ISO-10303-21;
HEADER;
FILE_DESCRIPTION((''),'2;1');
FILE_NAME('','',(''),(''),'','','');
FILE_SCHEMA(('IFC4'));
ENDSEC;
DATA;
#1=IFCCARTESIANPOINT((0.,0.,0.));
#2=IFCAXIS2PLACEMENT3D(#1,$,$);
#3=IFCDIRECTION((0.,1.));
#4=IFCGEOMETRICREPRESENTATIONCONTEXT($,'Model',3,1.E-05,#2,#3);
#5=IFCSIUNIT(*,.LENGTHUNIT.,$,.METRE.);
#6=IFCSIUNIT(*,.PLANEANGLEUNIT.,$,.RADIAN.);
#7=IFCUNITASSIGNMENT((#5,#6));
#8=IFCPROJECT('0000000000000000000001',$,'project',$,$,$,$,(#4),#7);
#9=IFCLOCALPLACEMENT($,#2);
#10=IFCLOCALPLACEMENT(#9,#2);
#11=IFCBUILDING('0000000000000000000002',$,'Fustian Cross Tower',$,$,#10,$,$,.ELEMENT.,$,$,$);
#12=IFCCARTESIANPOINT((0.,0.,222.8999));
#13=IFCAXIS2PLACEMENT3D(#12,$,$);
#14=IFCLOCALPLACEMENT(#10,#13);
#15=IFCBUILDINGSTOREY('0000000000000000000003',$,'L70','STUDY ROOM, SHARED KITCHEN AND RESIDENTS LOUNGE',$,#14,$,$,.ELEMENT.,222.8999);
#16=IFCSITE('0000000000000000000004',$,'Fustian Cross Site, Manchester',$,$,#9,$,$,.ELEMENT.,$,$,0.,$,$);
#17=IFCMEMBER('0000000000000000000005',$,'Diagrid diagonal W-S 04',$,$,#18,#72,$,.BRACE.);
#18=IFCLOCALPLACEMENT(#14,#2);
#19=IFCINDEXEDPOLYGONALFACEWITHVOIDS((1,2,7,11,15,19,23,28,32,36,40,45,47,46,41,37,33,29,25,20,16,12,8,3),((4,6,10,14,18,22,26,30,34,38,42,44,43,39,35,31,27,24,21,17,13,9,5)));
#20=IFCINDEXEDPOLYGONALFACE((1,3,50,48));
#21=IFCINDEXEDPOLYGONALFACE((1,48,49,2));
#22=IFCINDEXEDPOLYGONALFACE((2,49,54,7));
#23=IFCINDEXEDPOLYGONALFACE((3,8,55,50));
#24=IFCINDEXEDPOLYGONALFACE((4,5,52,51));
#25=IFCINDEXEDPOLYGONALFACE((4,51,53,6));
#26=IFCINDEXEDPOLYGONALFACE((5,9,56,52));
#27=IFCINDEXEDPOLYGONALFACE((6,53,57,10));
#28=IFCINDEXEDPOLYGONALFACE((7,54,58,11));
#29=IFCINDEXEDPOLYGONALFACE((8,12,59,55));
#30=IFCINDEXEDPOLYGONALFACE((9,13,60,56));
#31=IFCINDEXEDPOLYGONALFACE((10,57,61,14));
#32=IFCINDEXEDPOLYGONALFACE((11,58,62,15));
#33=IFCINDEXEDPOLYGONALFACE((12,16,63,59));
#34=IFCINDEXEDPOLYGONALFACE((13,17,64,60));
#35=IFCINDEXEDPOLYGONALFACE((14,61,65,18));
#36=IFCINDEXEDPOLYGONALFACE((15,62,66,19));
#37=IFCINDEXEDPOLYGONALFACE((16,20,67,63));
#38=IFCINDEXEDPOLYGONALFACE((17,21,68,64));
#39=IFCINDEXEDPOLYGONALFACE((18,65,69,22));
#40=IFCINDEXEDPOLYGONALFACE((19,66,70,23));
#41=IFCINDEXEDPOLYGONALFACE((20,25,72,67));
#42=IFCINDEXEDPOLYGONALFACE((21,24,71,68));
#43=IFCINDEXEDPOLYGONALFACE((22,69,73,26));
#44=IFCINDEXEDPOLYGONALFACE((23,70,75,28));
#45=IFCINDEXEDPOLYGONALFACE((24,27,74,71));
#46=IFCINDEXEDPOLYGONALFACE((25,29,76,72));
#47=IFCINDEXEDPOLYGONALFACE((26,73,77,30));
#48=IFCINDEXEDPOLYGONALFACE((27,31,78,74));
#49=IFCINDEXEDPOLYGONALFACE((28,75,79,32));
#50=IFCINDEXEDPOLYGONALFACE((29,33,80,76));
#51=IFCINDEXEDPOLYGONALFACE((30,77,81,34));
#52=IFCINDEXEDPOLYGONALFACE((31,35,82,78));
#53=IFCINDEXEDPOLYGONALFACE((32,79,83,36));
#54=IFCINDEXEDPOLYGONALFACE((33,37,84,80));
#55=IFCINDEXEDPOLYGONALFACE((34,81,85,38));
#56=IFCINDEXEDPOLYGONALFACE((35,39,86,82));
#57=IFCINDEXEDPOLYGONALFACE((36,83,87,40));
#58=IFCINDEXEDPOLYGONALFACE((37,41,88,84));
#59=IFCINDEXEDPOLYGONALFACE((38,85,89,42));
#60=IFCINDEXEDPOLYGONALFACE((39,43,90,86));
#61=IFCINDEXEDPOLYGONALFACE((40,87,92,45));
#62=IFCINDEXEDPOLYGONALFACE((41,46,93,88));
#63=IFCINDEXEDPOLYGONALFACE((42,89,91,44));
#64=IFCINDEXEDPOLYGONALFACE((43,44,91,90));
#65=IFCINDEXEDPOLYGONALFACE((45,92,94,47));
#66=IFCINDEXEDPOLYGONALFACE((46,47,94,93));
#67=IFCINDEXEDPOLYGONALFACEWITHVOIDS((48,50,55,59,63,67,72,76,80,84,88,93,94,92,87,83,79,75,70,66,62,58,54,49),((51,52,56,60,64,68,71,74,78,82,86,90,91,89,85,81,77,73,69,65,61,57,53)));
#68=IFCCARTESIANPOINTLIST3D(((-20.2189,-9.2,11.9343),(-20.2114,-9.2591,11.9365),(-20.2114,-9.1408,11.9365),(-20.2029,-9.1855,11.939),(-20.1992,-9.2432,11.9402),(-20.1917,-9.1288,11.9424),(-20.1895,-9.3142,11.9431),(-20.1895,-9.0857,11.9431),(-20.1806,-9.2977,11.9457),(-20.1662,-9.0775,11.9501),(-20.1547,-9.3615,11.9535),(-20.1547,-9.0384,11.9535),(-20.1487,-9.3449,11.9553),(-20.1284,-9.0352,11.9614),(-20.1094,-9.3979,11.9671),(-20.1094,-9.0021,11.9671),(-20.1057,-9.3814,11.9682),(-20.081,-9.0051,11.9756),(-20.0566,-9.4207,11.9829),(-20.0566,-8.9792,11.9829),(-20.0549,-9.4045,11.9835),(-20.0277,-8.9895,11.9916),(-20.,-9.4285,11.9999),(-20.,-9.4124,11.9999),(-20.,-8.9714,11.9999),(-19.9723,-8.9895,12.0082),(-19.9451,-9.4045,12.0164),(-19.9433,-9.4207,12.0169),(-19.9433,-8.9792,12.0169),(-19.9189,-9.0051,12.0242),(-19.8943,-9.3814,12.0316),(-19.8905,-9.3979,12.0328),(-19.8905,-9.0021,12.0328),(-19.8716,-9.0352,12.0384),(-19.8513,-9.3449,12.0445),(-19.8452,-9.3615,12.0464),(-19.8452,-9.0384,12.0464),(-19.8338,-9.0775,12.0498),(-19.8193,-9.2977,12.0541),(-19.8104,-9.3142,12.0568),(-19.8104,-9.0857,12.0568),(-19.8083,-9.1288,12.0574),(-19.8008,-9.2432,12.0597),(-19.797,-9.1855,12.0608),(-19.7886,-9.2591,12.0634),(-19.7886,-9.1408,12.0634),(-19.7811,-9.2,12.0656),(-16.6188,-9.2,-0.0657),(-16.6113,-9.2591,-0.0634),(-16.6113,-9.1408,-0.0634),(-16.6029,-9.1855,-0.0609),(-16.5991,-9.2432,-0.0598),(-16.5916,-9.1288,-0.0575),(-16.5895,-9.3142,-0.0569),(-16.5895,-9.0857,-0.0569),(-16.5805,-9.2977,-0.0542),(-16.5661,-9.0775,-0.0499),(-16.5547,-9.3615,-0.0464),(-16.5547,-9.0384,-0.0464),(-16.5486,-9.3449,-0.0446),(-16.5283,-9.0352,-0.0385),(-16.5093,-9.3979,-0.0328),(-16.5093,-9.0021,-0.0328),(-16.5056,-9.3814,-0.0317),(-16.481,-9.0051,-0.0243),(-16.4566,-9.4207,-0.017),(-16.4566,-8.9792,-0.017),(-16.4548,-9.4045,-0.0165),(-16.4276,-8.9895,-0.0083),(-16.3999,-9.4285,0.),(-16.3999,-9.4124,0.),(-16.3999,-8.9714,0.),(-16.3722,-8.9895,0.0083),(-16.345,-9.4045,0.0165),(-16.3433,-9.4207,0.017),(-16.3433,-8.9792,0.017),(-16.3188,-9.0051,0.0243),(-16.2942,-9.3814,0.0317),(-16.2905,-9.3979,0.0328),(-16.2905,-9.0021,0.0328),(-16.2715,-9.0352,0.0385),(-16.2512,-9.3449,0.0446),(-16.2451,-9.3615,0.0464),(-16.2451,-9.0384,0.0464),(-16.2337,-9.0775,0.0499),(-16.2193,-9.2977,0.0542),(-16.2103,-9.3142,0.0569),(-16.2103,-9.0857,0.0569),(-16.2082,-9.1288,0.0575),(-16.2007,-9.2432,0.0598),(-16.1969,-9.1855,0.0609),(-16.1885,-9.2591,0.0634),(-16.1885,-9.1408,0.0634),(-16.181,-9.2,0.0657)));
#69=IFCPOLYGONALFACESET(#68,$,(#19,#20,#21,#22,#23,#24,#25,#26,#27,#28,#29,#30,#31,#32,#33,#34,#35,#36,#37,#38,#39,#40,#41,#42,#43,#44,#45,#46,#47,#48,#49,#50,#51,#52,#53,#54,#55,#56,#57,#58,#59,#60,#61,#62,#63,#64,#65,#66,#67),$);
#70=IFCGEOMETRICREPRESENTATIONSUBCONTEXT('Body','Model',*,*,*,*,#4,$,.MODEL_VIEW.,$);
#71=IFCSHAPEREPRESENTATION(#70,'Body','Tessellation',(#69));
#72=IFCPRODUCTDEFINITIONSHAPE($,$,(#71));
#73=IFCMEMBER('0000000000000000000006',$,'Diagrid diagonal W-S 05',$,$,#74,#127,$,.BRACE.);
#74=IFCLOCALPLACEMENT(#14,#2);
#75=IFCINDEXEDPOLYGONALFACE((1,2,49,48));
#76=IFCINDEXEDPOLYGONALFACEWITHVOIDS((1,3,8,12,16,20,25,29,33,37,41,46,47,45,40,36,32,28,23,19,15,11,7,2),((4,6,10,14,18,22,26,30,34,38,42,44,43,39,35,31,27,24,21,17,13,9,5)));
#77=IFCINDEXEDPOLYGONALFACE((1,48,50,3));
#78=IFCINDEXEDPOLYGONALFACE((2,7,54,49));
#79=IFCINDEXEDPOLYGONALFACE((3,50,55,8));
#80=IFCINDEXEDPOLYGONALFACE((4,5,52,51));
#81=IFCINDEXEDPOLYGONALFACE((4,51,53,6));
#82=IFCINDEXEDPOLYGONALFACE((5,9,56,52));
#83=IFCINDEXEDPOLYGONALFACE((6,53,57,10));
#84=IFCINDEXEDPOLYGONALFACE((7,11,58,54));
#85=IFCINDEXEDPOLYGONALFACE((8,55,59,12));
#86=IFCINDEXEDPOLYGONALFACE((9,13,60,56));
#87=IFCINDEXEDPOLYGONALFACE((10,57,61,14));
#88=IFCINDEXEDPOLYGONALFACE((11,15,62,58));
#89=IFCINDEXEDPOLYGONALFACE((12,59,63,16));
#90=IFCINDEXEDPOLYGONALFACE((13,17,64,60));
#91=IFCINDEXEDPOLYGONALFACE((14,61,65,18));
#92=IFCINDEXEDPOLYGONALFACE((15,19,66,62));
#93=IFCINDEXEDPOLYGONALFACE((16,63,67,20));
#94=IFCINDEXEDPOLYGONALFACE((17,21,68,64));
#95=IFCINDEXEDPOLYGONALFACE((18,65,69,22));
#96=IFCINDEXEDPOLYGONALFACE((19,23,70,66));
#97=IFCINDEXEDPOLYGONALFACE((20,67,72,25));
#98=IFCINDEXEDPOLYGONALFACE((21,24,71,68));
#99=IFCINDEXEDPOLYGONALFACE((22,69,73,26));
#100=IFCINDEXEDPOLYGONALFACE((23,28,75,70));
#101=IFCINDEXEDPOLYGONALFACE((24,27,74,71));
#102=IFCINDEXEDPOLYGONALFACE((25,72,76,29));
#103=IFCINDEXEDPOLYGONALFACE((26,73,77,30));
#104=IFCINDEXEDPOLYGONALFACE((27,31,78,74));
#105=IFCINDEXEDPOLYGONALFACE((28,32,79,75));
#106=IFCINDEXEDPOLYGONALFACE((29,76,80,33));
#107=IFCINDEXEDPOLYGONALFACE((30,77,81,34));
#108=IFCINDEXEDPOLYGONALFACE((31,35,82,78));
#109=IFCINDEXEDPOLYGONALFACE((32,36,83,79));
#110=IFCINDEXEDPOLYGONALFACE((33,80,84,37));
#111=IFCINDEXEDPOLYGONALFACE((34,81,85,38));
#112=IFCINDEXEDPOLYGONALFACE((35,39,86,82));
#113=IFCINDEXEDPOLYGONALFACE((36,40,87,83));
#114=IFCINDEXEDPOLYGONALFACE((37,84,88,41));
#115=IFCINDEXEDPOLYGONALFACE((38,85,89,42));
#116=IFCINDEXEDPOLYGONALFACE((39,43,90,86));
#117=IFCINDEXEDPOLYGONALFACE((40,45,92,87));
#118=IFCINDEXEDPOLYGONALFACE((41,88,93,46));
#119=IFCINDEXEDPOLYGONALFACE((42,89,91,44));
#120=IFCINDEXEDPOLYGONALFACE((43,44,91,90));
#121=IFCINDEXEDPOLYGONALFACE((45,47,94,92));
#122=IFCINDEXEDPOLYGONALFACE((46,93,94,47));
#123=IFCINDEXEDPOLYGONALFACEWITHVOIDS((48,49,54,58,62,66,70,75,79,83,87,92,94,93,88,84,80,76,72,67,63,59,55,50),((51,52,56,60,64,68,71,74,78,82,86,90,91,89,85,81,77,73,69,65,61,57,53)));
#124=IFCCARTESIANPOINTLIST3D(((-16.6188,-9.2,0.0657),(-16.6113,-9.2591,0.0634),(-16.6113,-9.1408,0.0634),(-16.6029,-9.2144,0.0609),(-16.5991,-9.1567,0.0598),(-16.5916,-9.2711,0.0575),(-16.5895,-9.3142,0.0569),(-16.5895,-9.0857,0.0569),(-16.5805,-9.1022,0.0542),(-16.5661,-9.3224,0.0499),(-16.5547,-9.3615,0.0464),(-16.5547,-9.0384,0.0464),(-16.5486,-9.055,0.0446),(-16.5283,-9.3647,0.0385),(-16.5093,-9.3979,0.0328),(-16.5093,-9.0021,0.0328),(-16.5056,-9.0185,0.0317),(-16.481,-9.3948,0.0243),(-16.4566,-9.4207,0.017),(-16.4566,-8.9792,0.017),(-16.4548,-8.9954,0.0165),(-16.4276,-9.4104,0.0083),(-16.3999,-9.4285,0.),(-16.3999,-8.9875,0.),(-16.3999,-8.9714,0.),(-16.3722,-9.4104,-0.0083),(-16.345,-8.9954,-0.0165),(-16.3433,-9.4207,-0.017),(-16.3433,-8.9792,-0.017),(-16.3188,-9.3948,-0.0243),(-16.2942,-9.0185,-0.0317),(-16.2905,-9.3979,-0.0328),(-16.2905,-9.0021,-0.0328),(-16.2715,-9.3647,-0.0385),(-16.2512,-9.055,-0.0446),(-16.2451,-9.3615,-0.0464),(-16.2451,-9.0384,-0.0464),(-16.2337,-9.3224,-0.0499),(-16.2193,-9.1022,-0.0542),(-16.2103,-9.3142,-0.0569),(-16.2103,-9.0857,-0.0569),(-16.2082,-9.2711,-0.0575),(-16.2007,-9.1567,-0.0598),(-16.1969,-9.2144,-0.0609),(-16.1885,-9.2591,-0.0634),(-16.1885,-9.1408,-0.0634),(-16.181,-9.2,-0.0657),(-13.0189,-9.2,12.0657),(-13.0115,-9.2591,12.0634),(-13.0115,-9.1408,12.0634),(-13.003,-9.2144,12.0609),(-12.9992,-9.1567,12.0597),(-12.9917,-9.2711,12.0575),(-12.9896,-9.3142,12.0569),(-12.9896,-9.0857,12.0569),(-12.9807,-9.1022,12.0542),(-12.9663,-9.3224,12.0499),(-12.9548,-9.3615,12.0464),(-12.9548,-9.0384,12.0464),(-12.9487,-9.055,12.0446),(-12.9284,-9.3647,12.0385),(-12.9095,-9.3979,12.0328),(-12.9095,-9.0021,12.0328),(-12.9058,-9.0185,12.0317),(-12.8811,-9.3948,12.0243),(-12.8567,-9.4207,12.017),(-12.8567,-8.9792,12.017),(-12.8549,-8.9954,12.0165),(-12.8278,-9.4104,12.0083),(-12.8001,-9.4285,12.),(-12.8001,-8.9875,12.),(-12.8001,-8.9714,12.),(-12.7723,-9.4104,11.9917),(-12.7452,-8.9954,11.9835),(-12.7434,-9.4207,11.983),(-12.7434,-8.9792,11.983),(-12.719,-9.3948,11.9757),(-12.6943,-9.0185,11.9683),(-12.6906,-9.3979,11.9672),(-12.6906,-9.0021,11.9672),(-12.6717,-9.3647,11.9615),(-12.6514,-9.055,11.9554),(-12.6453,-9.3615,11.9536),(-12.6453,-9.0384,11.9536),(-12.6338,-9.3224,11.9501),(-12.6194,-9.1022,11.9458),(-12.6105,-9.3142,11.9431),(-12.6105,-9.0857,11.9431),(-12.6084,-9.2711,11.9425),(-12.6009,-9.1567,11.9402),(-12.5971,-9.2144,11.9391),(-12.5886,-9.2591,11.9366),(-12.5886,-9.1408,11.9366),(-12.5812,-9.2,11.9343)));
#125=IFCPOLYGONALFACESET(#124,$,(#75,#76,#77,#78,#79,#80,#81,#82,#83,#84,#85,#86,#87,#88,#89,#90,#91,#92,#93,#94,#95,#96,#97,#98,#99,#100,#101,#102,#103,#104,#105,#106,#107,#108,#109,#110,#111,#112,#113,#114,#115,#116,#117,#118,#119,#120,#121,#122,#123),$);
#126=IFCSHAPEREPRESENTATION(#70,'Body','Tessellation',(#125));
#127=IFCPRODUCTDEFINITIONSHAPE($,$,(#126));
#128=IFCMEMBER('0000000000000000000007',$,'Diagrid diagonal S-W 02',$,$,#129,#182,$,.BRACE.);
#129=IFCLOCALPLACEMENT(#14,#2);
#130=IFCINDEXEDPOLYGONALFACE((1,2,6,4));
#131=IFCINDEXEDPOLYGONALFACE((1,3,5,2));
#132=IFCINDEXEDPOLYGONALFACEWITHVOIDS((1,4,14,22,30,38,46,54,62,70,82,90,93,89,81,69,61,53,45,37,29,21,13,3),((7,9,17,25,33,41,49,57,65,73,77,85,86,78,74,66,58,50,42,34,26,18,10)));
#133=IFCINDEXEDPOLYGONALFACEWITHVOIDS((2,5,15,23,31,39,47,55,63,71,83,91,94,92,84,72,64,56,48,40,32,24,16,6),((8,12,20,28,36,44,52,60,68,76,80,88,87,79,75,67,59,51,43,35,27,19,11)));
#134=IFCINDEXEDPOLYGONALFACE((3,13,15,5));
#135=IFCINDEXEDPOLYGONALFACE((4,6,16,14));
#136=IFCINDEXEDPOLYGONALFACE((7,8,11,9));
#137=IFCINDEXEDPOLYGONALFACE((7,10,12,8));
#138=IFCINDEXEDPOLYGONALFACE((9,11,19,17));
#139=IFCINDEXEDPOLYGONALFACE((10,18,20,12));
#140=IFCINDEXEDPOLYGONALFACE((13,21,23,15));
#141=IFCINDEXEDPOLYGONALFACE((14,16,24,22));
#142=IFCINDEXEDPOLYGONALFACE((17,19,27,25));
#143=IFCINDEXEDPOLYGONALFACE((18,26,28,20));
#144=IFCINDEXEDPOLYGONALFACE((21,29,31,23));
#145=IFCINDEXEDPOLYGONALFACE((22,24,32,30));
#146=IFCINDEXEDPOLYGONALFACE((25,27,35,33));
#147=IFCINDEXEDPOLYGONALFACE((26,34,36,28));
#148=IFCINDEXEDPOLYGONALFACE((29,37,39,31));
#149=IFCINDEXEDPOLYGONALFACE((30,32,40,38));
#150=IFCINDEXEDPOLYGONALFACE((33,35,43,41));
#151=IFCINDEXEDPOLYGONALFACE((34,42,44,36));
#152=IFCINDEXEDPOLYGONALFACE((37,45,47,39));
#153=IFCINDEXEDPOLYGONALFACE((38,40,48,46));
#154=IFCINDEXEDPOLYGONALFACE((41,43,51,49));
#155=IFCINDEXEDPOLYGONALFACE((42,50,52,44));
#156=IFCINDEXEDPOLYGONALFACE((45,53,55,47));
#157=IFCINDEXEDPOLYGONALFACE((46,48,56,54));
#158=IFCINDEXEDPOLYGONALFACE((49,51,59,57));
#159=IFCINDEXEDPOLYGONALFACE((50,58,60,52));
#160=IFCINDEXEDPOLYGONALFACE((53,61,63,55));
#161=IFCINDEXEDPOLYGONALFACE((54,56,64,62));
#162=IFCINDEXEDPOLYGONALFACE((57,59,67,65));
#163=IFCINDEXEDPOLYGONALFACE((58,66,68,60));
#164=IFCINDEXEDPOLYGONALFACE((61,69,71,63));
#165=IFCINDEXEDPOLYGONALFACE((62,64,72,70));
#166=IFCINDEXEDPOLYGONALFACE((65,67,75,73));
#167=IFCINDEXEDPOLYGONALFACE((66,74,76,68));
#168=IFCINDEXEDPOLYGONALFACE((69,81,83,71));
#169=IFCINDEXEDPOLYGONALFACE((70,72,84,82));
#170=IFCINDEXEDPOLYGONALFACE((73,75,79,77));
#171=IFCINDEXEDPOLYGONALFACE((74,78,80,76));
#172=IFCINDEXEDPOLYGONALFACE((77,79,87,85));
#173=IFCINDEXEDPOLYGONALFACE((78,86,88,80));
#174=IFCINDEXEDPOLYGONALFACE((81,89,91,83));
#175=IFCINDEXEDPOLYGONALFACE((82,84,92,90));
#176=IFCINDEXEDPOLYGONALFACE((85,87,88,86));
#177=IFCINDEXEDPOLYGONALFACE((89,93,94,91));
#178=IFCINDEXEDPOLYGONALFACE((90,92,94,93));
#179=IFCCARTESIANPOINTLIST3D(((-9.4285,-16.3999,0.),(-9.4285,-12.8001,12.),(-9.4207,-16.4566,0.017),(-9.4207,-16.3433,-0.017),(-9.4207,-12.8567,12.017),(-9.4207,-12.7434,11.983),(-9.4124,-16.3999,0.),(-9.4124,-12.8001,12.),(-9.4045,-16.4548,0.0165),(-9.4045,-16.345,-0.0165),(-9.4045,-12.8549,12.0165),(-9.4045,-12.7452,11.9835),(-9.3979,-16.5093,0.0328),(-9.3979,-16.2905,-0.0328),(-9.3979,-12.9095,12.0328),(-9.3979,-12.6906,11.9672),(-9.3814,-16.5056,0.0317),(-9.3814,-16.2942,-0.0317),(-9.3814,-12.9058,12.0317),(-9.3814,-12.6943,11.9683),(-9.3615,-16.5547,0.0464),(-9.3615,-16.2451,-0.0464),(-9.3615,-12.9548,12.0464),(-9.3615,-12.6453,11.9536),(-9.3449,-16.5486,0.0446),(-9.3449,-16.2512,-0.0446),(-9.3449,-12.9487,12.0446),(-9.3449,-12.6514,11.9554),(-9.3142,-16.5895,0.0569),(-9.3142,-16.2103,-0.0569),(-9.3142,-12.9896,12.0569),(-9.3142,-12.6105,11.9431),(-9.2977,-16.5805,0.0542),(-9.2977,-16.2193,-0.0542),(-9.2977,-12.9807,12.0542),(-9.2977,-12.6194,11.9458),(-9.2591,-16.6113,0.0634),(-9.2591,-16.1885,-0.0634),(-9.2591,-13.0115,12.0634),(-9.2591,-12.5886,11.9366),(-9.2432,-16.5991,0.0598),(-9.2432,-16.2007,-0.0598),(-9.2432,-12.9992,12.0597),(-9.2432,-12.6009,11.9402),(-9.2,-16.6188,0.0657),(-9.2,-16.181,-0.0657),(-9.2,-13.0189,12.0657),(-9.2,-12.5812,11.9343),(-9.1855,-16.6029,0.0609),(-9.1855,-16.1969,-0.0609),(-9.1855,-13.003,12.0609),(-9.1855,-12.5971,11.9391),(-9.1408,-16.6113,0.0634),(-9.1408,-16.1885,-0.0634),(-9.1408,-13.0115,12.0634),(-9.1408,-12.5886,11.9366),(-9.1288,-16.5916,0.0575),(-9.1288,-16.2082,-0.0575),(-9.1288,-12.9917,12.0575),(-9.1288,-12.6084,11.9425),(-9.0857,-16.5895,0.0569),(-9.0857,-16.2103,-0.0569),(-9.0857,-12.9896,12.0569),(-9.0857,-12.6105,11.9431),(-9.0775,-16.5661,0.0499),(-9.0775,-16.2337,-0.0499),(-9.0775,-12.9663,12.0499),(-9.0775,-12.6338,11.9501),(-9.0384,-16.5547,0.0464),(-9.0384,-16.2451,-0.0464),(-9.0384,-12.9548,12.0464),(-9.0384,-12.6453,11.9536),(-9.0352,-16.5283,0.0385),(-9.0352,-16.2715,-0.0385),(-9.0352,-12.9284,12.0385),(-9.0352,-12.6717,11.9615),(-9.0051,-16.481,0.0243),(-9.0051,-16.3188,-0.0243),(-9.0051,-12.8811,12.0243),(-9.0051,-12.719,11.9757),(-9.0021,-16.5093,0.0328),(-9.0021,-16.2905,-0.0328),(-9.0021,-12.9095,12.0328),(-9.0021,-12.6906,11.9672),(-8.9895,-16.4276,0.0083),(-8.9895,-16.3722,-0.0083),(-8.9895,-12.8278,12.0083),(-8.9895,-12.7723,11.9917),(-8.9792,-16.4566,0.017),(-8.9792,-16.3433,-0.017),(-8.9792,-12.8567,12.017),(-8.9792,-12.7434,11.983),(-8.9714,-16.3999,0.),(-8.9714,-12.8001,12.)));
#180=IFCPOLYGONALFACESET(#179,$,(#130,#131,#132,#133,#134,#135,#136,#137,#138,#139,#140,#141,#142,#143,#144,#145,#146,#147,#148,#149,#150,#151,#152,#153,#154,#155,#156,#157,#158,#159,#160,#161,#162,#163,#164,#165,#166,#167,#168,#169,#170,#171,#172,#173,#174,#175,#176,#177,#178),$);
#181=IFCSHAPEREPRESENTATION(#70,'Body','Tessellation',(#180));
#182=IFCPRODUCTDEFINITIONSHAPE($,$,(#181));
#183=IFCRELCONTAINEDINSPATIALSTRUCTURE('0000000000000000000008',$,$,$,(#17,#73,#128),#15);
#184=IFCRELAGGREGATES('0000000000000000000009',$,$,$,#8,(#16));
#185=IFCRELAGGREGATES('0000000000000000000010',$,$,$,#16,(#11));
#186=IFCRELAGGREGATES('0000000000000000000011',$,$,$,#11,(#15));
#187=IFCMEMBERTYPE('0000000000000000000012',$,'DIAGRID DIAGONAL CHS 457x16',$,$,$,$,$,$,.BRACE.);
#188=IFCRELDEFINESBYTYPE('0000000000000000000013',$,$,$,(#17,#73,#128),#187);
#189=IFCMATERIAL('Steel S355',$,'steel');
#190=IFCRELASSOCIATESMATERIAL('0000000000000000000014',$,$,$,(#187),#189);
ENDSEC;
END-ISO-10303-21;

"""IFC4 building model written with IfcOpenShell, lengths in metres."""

from ifc_helpers import new_model, si_unit, direction, frame, origin, origin_2d, place, context, subcontext, project, spatial, hollow_circle, extrude, material, material_profile, profile_set, type_object, element, save


model = new_model("IFC4")

# Units and contexts
model_context = context("Model", 3, precision=1e-05, world=origin(), true_north=direction((0.0, 1.0)))
body_context = subcontext(model_context, "Body", "Model", "MODEL_VIEW")
ifc_project = project(units=[si_unit("LENGTHUNIT", "METRE"), si_unit("PLANEANGLEUNIT", "RADIAN")], contexts=[model_context])

# Site, building, storey
site_placement = place(None, origin())
site = spatial("IfcSite", under=ifc_project, at=site_placement, Name="Fustian Cross Site, Manchester", CompositionType="ELEMENT", RefElevation=0.0)
building_placement = place(site_placement, origin())
building = spatial("IfcBuilding", under=site, at=building_placement, Name="Fustian Cross Tower", CompositionType="ELEMENT")
storey_placement = place(building_placement, frame((0.0, 0.0, 222.8999)))
storey = spatial("IfcBuildingStorey", under=building, at=storey_placement, Name="L70", Description="STUDY ROOM, SHARED KITCHEN AND RESIDENTS LOUNGE", CompositionType="ELEMENT", Elevation=222.8999)

# Members
ifc_material_1 = material(Name="Steel S355", Category="steel")
ifc_material_profile_1 = material_profile(ifc_material_1, hollow_circle(Radius=0.2285, WallThickness=0.0161, at=origin_2d()), Name="CHS 457x16")
ifc_profile_set_1 = profile_set([ifc_material_profile_1], Name="Steel S355")
member_type_1 = type_object("IfcMemberType", Name="DIAGRID DIAGONAL CHS 457x16", PredefinedType="BRACE", material=ifc_profile_set_1)
for number, where, z_axis, x_axis, name in (
    (1, (-16.3999, -9.2, 0.0), (-0.287355, 0.0, 0.957824), (0.0, -1.0, 0.0), "Diagrid diagonal W-S 04"),
    (2, (-16.3999, -9.2, 0.0), (0.287337, 0.0, 0.95783), (0.0, 1.0, 0.0), "Diagrid diagonal W-S 05"),
    (3, (-9.2, -16.3999, 0.0), (0.0, 0.287337, 0.95783), (-1.0, 0.0, 0.0), "Diagrid diagonal S-W 02"),
):
    element("IfcMember", number, at=place(storey_placement, frame(where, z_axis=z_axis, x_axis=x_axis)), inside=storey, type_object=member_type_1, Name=name, PredefinedType="BRACE", context=body_context, shape_type="SweptSolid", body=[
        extrude(hollow_circle(Radius=0.2285, WallThickness=0.0161, at=origin_2d()), origin(), (0.0, 0.0, 1.0), 12.5283),
    ])

save(model, "model.ifc")
